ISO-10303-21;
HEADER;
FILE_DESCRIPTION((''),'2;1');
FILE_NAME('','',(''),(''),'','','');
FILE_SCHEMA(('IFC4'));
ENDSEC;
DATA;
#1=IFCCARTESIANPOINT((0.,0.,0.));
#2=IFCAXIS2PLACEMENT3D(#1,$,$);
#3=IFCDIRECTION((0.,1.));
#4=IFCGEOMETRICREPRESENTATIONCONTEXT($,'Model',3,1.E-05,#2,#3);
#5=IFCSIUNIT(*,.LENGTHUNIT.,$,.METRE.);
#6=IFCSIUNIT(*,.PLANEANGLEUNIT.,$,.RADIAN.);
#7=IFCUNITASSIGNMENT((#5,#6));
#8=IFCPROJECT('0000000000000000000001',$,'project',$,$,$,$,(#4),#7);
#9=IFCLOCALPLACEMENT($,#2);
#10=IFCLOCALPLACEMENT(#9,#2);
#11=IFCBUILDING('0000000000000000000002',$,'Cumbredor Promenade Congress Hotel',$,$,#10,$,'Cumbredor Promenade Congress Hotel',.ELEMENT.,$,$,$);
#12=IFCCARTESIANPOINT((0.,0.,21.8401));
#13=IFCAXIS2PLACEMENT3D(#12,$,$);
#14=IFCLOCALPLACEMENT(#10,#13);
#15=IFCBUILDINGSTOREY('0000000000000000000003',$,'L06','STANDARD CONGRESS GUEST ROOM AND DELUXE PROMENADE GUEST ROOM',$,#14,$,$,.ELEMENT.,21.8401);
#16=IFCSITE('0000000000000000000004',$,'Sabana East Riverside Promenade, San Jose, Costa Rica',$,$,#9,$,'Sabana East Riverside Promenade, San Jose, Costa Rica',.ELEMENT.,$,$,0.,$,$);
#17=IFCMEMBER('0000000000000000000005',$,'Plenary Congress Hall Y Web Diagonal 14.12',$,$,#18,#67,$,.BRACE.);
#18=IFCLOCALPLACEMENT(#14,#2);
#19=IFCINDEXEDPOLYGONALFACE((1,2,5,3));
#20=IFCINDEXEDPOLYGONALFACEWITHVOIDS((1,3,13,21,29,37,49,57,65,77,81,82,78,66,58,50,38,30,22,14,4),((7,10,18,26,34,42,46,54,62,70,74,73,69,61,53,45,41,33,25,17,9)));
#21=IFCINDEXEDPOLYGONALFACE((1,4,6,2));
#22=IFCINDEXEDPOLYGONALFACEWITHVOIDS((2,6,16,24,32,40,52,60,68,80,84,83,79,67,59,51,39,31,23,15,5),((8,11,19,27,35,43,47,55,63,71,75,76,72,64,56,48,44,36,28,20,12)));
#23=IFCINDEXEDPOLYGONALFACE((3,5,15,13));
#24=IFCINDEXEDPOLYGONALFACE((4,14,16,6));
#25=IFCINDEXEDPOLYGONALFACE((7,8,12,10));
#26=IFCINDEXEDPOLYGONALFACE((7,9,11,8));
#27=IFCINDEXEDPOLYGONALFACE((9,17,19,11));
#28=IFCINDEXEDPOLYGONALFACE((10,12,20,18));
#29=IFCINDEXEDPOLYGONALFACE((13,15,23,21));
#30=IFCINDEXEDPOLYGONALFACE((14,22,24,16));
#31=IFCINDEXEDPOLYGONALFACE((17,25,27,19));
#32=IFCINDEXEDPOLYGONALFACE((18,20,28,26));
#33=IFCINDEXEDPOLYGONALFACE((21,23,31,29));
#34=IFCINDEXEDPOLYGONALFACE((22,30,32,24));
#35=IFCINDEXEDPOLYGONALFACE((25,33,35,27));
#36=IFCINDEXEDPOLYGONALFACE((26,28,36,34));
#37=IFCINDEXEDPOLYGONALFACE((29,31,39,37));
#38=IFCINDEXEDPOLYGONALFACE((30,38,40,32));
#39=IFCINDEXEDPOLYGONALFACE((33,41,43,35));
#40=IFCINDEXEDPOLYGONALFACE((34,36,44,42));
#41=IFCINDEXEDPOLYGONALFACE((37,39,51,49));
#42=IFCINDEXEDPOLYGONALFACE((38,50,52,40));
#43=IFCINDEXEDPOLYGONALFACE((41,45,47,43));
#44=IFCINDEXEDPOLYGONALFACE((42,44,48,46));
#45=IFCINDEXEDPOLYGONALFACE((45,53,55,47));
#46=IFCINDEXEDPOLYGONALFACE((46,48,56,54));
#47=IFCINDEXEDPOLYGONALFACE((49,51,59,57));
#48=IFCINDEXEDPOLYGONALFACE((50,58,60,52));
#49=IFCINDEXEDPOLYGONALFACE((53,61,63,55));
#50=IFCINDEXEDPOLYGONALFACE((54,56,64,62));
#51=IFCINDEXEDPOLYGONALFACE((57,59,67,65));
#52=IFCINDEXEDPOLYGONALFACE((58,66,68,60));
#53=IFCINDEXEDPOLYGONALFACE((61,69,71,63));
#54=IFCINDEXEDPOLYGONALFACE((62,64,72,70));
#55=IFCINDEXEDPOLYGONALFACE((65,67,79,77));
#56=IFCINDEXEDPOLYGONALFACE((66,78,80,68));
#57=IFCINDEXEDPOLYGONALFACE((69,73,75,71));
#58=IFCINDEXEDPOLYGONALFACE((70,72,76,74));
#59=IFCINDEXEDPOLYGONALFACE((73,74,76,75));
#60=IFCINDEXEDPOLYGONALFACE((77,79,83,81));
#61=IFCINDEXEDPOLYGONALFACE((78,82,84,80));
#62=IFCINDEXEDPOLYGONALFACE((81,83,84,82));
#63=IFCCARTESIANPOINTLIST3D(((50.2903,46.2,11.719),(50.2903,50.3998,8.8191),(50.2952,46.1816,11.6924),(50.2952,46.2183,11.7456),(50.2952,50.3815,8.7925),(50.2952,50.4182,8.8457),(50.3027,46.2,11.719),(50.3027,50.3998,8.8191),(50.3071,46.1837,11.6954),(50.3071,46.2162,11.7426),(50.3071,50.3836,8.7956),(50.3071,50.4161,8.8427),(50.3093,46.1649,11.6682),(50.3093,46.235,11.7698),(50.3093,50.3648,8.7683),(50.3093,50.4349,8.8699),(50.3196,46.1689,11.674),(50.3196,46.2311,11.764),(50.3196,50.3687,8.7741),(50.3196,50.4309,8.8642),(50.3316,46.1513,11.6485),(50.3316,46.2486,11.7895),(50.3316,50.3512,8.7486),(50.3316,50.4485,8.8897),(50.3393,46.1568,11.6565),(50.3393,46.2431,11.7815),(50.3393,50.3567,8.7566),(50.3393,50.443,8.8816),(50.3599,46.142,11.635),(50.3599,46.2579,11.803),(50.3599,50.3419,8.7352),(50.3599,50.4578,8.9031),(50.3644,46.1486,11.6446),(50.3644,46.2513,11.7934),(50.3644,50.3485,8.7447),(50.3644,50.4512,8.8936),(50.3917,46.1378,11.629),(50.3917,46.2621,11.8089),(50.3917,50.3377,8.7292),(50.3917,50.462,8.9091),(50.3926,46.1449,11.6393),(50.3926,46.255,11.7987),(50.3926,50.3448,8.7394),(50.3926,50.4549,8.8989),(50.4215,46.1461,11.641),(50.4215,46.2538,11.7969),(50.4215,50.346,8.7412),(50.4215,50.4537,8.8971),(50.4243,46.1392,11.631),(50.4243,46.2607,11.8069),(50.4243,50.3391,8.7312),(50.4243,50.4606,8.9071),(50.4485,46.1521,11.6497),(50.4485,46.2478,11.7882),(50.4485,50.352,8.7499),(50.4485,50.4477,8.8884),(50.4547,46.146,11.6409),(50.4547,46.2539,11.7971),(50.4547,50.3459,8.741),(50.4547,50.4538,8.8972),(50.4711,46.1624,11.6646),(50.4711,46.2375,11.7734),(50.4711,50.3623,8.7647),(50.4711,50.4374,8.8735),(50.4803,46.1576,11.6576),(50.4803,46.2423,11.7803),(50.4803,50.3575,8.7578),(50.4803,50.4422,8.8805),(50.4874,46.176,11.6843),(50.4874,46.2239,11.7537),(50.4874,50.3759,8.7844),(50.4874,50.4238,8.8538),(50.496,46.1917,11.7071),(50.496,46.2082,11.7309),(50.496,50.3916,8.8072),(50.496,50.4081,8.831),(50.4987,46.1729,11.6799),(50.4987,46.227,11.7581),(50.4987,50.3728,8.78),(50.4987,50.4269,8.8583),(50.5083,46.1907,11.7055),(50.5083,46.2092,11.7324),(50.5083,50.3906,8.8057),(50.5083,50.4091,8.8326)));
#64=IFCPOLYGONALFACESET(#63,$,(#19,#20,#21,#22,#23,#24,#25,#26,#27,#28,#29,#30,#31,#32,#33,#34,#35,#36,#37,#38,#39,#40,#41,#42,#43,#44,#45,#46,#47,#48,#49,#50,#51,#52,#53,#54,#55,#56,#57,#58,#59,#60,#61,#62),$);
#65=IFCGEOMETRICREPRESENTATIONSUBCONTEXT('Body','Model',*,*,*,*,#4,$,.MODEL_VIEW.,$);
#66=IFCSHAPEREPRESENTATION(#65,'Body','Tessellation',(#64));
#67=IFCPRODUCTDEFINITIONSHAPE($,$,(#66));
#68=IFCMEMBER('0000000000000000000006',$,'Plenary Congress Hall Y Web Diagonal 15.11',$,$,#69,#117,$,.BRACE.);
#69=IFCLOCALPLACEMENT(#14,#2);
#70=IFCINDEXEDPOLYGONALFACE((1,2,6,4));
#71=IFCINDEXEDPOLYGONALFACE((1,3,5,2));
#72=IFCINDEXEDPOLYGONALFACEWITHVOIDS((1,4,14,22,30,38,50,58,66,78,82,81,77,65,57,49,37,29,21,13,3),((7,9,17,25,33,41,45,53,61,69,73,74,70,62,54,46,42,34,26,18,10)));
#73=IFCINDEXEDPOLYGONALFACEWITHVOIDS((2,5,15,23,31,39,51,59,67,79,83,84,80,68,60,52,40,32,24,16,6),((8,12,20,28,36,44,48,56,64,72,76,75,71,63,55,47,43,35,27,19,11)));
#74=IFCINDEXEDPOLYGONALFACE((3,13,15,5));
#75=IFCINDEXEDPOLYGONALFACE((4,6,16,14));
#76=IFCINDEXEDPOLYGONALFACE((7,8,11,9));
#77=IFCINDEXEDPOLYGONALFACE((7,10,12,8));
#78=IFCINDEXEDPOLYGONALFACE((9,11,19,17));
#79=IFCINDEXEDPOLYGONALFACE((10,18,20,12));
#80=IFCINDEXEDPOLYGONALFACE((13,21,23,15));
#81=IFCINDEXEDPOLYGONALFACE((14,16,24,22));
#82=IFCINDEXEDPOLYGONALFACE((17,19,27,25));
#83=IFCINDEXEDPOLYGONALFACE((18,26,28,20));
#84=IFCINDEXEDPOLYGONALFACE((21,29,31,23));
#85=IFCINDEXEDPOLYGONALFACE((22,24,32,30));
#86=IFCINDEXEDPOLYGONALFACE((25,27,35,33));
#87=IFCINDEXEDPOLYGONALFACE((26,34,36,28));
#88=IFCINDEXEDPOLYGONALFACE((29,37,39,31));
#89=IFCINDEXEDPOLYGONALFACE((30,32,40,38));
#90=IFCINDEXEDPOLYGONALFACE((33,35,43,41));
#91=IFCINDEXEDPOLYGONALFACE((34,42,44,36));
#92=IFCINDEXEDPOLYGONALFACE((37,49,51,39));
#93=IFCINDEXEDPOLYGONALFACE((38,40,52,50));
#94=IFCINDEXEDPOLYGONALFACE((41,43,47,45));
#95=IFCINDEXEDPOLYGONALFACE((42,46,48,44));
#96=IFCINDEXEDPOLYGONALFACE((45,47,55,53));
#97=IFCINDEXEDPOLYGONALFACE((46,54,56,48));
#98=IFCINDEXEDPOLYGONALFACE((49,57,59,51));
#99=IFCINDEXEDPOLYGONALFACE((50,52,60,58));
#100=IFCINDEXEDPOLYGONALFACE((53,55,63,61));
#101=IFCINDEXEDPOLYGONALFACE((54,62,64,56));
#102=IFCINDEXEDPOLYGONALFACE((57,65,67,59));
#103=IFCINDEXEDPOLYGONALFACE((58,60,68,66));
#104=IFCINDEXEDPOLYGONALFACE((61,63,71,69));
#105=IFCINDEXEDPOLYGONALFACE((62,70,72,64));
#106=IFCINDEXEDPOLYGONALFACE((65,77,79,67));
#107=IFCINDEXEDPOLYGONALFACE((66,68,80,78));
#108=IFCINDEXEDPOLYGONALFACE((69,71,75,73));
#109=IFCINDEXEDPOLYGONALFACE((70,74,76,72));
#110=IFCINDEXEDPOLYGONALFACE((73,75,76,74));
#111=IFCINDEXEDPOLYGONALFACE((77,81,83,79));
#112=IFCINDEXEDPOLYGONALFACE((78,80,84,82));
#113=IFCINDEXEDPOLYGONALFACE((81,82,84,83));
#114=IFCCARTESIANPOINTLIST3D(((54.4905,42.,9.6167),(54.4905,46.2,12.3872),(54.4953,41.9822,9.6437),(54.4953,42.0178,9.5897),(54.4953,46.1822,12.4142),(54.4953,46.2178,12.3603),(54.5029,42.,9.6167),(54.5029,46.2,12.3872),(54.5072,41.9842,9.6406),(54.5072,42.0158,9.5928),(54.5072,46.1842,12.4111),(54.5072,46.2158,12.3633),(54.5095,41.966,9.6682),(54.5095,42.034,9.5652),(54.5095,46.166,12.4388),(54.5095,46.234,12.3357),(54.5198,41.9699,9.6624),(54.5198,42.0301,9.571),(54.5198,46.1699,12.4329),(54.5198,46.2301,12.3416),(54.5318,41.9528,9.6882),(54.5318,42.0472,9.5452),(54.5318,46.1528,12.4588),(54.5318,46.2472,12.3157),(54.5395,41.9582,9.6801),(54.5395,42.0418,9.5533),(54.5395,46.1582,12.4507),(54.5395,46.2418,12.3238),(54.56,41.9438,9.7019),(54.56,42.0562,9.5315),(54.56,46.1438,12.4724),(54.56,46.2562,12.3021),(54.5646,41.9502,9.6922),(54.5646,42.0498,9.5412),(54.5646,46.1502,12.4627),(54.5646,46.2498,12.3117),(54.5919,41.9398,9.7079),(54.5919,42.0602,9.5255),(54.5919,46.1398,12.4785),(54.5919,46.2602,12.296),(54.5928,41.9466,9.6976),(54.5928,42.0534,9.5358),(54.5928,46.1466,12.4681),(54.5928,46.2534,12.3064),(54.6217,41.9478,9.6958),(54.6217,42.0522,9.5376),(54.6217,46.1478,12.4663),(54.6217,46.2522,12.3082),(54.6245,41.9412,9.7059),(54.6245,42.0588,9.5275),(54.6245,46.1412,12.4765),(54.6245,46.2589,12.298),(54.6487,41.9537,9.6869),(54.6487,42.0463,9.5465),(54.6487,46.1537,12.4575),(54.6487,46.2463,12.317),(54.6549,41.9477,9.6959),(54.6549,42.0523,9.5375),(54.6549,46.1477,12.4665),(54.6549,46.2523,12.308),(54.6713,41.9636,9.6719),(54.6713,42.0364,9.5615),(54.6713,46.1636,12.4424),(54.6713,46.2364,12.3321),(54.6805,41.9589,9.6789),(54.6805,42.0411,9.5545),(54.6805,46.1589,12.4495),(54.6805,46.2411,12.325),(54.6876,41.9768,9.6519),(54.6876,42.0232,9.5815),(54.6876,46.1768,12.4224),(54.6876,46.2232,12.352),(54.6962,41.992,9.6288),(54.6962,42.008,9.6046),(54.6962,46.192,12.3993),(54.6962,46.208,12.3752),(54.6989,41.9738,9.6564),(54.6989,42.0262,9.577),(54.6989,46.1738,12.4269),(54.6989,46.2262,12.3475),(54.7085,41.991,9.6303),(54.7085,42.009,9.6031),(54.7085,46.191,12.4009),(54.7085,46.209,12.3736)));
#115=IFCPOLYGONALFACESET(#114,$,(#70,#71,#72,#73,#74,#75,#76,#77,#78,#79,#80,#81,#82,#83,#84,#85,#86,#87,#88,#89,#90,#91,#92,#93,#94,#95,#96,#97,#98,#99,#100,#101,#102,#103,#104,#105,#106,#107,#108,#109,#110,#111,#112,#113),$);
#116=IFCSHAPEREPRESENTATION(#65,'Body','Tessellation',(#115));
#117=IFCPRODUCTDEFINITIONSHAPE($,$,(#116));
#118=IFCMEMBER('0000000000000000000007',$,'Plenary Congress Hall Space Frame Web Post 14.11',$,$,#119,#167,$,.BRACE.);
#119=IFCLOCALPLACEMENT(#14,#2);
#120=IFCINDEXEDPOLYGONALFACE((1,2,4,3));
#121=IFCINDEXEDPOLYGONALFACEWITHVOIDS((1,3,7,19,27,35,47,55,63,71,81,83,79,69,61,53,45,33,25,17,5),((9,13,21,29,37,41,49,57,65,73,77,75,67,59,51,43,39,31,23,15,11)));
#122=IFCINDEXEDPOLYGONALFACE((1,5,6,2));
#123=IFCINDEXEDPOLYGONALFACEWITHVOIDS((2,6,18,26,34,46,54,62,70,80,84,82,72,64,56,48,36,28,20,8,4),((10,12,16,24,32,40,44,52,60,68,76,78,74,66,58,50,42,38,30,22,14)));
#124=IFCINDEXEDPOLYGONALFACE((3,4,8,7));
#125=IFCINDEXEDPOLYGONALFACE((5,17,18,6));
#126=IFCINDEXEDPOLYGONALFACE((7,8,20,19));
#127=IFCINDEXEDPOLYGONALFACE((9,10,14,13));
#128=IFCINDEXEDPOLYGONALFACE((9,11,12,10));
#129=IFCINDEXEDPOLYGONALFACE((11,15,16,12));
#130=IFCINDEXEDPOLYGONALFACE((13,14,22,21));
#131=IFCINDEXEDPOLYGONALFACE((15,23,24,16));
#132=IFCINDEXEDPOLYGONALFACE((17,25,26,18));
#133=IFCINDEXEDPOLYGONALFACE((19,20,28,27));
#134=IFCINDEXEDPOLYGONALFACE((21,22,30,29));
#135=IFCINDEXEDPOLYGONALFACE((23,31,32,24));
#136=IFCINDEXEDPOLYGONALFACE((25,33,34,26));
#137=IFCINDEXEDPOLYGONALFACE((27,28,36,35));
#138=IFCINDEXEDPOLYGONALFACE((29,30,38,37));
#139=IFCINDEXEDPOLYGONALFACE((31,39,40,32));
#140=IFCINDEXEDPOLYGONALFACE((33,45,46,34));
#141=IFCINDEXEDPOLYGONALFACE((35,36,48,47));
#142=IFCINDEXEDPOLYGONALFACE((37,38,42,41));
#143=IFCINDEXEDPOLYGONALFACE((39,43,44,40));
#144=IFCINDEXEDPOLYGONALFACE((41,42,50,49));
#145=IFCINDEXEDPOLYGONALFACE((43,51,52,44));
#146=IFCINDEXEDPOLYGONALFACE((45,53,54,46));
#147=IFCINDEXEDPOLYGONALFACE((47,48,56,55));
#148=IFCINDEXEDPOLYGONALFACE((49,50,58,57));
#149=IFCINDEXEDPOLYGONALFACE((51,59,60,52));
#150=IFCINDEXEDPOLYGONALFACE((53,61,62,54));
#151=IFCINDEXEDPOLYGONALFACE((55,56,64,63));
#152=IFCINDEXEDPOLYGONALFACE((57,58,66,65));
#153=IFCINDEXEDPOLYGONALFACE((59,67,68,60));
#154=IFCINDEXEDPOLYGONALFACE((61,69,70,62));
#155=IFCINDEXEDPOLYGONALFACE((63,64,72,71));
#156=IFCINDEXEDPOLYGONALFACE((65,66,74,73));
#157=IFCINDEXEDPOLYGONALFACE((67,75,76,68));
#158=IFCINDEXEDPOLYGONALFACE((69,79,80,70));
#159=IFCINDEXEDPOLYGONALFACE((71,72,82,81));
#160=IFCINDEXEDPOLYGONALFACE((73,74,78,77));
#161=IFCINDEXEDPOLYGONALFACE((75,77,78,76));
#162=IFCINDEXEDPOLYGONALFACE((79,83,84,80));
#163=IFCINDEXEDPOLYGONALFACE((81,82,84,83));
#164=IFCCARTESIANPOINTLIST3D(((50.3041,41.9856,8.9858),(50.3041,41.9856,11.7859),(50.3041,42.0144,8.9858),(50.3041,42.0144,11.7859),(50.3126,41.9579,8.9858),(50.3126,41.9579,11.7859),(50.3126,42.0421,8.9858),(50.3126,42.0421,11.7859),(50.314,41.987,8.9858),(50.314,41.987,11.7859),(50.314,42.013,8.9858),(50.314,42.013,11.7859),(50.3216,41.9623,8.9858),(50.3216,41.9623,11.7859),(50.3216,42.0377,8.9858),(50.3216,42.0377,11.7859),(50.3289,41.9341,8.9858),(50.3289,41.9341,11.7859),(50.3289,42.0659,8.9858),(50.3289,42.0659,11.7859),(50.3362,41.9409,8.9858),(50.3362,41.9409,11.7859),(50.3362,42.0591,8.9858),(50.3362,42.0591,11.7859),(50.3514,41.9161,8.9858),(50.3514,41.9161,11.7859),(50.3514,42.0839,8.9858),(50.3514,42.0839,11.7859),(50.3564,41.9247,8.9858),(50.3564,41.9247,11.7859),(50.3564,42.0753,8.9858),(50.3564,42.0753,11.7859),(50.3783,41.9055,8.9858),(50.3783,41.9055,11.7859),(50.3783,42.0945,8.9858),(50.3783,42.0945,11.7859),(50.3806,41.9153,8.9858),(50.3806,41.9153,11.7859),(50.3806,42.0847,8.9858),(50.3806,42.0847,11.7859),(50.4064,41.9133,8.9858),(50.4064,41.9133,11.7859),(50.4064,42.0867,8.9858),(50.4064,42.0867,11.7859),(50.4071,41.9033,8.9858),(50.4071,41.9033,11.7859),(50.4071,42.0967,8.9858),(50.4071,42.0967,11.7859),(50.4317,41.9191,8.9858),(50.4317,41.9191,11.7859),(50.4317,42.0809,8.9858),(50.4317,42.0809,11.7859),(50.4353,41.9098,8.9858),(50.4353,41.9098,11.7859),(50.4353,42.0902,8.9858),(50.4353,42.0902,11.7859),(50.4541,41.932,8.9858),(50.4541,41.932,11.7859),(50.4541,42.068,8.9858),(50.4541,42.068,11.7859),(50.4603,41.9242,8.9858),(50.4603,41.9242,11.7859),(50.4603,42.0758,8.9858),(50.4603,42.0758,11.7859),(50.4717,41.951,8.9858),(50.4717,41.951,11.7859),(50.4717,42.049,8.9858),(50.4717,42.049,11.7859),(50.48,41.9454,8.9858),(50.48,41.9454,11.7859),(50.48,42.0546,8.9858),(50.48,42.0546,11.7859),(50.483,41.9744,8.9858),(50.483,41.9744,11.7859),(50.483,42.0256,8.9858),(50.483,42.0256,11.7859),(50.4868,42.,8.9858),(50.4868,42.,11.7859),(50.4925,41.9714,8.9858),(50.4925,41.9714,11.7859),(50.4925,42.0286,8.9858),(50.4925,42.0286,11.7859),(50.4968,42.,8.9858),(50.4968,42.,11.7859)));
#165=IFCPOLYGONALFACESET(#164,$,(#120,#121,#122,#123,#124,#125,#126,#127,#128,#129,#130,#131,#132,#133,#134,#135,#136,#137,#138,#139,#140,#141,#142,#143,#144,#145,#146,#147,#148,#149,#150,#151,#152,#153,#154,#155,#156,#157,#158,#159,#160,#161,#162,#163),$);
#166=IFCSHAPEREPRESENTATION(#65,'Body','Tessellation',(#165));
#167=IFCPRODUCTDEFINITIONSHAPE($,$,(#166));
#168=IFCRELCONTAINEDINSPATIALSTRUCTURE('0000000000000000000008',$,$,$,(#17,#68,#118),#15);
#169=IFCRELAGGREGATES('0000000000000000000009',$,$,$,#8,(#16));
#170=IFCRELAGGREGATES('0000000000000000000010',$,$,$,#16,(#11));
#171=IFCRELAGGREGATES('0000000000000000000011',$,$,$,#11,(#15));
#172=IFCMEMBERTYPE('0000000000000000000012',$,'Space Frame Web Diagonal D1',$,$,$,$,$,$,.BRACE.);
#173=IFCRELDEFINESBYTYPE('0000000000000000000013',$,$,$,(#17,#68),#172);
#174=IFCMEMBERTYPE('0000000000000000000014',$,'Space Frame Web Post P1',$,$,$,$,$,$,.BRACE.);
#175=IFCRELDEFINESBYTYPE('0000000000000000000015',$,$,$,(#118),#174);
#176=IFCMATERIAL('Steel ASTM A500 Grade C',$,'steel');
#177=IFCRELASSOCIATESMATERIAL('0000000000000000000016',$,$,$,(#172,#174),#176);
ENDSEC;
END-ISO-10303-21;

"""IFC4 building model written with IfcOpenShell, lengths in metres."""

from ifc_helpers import new_model, si_unit, direction, frame, origin, origin_2d, place, context, subcontext, project, spatial, hollow_circle, extrude, material, material_profile, profile_set, type_object, element, save


model = new_model("IFC4")

# Units and contexts
model_context = context("Model", 3, precision=1e-05, world=origin(), true_north=direction((0.0, 1.0)))
body_context = subcontext(model_context, "Body", "Model", "MODEL_VIEW")
ifc_project = project(units=[si_unit("LENGTHUNIT", "METRE"), si_unit("PLANEANGLEUNIT", "RADIAN")], contexts=[model_context])

# Site, building, storey
site_placement = place(None, origin())
site = spatial("IfcSite", under=ifc_project, at=site_placement, Name="Sabana East Riverside Promenade, San Jose, Costa Rica", LongName="Sabana East Riverside Promenade, San Jose, Costa Rica", CompositionType="ELEMENT", RefElevation=0.0)
building_placement = place(site_placement, origin())
building = spatial("IfcBuilding", under=site, at=building_placement, Name="Cumbredor Promenade Congress Hotel", LongName="Cumbredor Promenade Congress Hotel", CompositionType="ELEMENT")
storey_placement = place(building_placement, frame((0.0, 0.0, 21.8401)))
storey = spatial("IfcBuildingStorey", under=building, at=storey_placement, Name="L06", Description="STANDARD CONGRESS GUEST ROOM AND DELUXE PROMENADE GUEST ROOM", CompositionType="ELEMENT", Elevation=21.8401)

# Members
ifc_material_1 = material(Name="Steel ASTM A500 Grade C", Category="steel")
ifc_material_profile_1 = material_profile(ifc_material_1, hollow_circle(Radius=0.1096, WallThickness=0.0125, at=origin_2d()), Name="CHS 219.1x12.5")
ifc_profile_set_1 = profile_set([ifc_material_profile_1], Name="Steel ASTM A500 Grade C")
member_type_1 = type_object("IfcMemberType", Name="Space Frame Web Diagonal D1", PredefinedType="BRACE", material=ifc_profile_set_1)
member_1_placement = place(storey_placement, frame((50.3999, 46.2, 11.719), z_axis=(0.0, 0.822903, -0.568182), x_axis=(-1.0, 0.0, 0.0)))
element("IfcMember", 1, at=member_1_placement, inside=storey, type_object=member_type_1, Name="Plenary Congress Hall Y Web Diagonal 14.12", PredefinedType="BRACE", context=body_context, shape_type="SweptSolid", body=[
    extrude(hollow_circle(Radius=0.1096, WallThickness=0.0125, at=origin_2d()), origin(), (0.0, 0.0, 1.0), 5.1038),
])
member_2_placement = place(storey_placement, frame((54.6001, 42.0, 9.6167), z_axis=(0.0, 0.834743, 0.55064), x_axis=(-1.0, 0.0, 0.0)))
element("IfcMember", 2, at=member_2_placement, inside=storey, type_object=member_type_1, Name="Plenary Congress Hall Y Web Diagonal 15.11", PredefinedType="BRACE", context=body_context, shape_type="SweptSolid", body=[
    extrude(hollow_circle(Radius=0.1096, WallThickness=0.0125, at=origin_2d()), origin(), (0.0, 0.0, 1.0), 5.0315),
])
ifc_material_profile_2 = material_profile(ifc_material_1, hollow_circle(Radius=0.0969, WallThickness=0.01, at=origin_2d()), Name="CHS 193.7x10")
ifc_profile_set_2 = profile_set([ifc_material_profile_2], Name="Steel ASTM A500 Grade C")
member_type_2 = type_object("IfcMemberType", Name="Space Frame Web Post P1", PredefinedType="BRACE", material=ifc_profile_set_2)
member_3_placement = place(storey_placement, frame((50.3999, 42.0, 8.9858), z_axis=(0.0, 0.0, 1.0), x_axis=(1.0, 0.0, 0.0)))
element("IfcMember", 3, at=member_3_placement, inside=storey, type_object=member_type_2, Name="Plenary Congress Hall Space Frame Web Post 14.11", PredefinedType="BRACE", context=body_context, shape_type="SweptSolid", body=[
    extrude(hollow_circle(Radius=0.0969, WallThickness=0.01, at=origin_2d()), origin(), (0.0, 0.0, 1.0), 2.8),
])

save(model, "model.ifc")
